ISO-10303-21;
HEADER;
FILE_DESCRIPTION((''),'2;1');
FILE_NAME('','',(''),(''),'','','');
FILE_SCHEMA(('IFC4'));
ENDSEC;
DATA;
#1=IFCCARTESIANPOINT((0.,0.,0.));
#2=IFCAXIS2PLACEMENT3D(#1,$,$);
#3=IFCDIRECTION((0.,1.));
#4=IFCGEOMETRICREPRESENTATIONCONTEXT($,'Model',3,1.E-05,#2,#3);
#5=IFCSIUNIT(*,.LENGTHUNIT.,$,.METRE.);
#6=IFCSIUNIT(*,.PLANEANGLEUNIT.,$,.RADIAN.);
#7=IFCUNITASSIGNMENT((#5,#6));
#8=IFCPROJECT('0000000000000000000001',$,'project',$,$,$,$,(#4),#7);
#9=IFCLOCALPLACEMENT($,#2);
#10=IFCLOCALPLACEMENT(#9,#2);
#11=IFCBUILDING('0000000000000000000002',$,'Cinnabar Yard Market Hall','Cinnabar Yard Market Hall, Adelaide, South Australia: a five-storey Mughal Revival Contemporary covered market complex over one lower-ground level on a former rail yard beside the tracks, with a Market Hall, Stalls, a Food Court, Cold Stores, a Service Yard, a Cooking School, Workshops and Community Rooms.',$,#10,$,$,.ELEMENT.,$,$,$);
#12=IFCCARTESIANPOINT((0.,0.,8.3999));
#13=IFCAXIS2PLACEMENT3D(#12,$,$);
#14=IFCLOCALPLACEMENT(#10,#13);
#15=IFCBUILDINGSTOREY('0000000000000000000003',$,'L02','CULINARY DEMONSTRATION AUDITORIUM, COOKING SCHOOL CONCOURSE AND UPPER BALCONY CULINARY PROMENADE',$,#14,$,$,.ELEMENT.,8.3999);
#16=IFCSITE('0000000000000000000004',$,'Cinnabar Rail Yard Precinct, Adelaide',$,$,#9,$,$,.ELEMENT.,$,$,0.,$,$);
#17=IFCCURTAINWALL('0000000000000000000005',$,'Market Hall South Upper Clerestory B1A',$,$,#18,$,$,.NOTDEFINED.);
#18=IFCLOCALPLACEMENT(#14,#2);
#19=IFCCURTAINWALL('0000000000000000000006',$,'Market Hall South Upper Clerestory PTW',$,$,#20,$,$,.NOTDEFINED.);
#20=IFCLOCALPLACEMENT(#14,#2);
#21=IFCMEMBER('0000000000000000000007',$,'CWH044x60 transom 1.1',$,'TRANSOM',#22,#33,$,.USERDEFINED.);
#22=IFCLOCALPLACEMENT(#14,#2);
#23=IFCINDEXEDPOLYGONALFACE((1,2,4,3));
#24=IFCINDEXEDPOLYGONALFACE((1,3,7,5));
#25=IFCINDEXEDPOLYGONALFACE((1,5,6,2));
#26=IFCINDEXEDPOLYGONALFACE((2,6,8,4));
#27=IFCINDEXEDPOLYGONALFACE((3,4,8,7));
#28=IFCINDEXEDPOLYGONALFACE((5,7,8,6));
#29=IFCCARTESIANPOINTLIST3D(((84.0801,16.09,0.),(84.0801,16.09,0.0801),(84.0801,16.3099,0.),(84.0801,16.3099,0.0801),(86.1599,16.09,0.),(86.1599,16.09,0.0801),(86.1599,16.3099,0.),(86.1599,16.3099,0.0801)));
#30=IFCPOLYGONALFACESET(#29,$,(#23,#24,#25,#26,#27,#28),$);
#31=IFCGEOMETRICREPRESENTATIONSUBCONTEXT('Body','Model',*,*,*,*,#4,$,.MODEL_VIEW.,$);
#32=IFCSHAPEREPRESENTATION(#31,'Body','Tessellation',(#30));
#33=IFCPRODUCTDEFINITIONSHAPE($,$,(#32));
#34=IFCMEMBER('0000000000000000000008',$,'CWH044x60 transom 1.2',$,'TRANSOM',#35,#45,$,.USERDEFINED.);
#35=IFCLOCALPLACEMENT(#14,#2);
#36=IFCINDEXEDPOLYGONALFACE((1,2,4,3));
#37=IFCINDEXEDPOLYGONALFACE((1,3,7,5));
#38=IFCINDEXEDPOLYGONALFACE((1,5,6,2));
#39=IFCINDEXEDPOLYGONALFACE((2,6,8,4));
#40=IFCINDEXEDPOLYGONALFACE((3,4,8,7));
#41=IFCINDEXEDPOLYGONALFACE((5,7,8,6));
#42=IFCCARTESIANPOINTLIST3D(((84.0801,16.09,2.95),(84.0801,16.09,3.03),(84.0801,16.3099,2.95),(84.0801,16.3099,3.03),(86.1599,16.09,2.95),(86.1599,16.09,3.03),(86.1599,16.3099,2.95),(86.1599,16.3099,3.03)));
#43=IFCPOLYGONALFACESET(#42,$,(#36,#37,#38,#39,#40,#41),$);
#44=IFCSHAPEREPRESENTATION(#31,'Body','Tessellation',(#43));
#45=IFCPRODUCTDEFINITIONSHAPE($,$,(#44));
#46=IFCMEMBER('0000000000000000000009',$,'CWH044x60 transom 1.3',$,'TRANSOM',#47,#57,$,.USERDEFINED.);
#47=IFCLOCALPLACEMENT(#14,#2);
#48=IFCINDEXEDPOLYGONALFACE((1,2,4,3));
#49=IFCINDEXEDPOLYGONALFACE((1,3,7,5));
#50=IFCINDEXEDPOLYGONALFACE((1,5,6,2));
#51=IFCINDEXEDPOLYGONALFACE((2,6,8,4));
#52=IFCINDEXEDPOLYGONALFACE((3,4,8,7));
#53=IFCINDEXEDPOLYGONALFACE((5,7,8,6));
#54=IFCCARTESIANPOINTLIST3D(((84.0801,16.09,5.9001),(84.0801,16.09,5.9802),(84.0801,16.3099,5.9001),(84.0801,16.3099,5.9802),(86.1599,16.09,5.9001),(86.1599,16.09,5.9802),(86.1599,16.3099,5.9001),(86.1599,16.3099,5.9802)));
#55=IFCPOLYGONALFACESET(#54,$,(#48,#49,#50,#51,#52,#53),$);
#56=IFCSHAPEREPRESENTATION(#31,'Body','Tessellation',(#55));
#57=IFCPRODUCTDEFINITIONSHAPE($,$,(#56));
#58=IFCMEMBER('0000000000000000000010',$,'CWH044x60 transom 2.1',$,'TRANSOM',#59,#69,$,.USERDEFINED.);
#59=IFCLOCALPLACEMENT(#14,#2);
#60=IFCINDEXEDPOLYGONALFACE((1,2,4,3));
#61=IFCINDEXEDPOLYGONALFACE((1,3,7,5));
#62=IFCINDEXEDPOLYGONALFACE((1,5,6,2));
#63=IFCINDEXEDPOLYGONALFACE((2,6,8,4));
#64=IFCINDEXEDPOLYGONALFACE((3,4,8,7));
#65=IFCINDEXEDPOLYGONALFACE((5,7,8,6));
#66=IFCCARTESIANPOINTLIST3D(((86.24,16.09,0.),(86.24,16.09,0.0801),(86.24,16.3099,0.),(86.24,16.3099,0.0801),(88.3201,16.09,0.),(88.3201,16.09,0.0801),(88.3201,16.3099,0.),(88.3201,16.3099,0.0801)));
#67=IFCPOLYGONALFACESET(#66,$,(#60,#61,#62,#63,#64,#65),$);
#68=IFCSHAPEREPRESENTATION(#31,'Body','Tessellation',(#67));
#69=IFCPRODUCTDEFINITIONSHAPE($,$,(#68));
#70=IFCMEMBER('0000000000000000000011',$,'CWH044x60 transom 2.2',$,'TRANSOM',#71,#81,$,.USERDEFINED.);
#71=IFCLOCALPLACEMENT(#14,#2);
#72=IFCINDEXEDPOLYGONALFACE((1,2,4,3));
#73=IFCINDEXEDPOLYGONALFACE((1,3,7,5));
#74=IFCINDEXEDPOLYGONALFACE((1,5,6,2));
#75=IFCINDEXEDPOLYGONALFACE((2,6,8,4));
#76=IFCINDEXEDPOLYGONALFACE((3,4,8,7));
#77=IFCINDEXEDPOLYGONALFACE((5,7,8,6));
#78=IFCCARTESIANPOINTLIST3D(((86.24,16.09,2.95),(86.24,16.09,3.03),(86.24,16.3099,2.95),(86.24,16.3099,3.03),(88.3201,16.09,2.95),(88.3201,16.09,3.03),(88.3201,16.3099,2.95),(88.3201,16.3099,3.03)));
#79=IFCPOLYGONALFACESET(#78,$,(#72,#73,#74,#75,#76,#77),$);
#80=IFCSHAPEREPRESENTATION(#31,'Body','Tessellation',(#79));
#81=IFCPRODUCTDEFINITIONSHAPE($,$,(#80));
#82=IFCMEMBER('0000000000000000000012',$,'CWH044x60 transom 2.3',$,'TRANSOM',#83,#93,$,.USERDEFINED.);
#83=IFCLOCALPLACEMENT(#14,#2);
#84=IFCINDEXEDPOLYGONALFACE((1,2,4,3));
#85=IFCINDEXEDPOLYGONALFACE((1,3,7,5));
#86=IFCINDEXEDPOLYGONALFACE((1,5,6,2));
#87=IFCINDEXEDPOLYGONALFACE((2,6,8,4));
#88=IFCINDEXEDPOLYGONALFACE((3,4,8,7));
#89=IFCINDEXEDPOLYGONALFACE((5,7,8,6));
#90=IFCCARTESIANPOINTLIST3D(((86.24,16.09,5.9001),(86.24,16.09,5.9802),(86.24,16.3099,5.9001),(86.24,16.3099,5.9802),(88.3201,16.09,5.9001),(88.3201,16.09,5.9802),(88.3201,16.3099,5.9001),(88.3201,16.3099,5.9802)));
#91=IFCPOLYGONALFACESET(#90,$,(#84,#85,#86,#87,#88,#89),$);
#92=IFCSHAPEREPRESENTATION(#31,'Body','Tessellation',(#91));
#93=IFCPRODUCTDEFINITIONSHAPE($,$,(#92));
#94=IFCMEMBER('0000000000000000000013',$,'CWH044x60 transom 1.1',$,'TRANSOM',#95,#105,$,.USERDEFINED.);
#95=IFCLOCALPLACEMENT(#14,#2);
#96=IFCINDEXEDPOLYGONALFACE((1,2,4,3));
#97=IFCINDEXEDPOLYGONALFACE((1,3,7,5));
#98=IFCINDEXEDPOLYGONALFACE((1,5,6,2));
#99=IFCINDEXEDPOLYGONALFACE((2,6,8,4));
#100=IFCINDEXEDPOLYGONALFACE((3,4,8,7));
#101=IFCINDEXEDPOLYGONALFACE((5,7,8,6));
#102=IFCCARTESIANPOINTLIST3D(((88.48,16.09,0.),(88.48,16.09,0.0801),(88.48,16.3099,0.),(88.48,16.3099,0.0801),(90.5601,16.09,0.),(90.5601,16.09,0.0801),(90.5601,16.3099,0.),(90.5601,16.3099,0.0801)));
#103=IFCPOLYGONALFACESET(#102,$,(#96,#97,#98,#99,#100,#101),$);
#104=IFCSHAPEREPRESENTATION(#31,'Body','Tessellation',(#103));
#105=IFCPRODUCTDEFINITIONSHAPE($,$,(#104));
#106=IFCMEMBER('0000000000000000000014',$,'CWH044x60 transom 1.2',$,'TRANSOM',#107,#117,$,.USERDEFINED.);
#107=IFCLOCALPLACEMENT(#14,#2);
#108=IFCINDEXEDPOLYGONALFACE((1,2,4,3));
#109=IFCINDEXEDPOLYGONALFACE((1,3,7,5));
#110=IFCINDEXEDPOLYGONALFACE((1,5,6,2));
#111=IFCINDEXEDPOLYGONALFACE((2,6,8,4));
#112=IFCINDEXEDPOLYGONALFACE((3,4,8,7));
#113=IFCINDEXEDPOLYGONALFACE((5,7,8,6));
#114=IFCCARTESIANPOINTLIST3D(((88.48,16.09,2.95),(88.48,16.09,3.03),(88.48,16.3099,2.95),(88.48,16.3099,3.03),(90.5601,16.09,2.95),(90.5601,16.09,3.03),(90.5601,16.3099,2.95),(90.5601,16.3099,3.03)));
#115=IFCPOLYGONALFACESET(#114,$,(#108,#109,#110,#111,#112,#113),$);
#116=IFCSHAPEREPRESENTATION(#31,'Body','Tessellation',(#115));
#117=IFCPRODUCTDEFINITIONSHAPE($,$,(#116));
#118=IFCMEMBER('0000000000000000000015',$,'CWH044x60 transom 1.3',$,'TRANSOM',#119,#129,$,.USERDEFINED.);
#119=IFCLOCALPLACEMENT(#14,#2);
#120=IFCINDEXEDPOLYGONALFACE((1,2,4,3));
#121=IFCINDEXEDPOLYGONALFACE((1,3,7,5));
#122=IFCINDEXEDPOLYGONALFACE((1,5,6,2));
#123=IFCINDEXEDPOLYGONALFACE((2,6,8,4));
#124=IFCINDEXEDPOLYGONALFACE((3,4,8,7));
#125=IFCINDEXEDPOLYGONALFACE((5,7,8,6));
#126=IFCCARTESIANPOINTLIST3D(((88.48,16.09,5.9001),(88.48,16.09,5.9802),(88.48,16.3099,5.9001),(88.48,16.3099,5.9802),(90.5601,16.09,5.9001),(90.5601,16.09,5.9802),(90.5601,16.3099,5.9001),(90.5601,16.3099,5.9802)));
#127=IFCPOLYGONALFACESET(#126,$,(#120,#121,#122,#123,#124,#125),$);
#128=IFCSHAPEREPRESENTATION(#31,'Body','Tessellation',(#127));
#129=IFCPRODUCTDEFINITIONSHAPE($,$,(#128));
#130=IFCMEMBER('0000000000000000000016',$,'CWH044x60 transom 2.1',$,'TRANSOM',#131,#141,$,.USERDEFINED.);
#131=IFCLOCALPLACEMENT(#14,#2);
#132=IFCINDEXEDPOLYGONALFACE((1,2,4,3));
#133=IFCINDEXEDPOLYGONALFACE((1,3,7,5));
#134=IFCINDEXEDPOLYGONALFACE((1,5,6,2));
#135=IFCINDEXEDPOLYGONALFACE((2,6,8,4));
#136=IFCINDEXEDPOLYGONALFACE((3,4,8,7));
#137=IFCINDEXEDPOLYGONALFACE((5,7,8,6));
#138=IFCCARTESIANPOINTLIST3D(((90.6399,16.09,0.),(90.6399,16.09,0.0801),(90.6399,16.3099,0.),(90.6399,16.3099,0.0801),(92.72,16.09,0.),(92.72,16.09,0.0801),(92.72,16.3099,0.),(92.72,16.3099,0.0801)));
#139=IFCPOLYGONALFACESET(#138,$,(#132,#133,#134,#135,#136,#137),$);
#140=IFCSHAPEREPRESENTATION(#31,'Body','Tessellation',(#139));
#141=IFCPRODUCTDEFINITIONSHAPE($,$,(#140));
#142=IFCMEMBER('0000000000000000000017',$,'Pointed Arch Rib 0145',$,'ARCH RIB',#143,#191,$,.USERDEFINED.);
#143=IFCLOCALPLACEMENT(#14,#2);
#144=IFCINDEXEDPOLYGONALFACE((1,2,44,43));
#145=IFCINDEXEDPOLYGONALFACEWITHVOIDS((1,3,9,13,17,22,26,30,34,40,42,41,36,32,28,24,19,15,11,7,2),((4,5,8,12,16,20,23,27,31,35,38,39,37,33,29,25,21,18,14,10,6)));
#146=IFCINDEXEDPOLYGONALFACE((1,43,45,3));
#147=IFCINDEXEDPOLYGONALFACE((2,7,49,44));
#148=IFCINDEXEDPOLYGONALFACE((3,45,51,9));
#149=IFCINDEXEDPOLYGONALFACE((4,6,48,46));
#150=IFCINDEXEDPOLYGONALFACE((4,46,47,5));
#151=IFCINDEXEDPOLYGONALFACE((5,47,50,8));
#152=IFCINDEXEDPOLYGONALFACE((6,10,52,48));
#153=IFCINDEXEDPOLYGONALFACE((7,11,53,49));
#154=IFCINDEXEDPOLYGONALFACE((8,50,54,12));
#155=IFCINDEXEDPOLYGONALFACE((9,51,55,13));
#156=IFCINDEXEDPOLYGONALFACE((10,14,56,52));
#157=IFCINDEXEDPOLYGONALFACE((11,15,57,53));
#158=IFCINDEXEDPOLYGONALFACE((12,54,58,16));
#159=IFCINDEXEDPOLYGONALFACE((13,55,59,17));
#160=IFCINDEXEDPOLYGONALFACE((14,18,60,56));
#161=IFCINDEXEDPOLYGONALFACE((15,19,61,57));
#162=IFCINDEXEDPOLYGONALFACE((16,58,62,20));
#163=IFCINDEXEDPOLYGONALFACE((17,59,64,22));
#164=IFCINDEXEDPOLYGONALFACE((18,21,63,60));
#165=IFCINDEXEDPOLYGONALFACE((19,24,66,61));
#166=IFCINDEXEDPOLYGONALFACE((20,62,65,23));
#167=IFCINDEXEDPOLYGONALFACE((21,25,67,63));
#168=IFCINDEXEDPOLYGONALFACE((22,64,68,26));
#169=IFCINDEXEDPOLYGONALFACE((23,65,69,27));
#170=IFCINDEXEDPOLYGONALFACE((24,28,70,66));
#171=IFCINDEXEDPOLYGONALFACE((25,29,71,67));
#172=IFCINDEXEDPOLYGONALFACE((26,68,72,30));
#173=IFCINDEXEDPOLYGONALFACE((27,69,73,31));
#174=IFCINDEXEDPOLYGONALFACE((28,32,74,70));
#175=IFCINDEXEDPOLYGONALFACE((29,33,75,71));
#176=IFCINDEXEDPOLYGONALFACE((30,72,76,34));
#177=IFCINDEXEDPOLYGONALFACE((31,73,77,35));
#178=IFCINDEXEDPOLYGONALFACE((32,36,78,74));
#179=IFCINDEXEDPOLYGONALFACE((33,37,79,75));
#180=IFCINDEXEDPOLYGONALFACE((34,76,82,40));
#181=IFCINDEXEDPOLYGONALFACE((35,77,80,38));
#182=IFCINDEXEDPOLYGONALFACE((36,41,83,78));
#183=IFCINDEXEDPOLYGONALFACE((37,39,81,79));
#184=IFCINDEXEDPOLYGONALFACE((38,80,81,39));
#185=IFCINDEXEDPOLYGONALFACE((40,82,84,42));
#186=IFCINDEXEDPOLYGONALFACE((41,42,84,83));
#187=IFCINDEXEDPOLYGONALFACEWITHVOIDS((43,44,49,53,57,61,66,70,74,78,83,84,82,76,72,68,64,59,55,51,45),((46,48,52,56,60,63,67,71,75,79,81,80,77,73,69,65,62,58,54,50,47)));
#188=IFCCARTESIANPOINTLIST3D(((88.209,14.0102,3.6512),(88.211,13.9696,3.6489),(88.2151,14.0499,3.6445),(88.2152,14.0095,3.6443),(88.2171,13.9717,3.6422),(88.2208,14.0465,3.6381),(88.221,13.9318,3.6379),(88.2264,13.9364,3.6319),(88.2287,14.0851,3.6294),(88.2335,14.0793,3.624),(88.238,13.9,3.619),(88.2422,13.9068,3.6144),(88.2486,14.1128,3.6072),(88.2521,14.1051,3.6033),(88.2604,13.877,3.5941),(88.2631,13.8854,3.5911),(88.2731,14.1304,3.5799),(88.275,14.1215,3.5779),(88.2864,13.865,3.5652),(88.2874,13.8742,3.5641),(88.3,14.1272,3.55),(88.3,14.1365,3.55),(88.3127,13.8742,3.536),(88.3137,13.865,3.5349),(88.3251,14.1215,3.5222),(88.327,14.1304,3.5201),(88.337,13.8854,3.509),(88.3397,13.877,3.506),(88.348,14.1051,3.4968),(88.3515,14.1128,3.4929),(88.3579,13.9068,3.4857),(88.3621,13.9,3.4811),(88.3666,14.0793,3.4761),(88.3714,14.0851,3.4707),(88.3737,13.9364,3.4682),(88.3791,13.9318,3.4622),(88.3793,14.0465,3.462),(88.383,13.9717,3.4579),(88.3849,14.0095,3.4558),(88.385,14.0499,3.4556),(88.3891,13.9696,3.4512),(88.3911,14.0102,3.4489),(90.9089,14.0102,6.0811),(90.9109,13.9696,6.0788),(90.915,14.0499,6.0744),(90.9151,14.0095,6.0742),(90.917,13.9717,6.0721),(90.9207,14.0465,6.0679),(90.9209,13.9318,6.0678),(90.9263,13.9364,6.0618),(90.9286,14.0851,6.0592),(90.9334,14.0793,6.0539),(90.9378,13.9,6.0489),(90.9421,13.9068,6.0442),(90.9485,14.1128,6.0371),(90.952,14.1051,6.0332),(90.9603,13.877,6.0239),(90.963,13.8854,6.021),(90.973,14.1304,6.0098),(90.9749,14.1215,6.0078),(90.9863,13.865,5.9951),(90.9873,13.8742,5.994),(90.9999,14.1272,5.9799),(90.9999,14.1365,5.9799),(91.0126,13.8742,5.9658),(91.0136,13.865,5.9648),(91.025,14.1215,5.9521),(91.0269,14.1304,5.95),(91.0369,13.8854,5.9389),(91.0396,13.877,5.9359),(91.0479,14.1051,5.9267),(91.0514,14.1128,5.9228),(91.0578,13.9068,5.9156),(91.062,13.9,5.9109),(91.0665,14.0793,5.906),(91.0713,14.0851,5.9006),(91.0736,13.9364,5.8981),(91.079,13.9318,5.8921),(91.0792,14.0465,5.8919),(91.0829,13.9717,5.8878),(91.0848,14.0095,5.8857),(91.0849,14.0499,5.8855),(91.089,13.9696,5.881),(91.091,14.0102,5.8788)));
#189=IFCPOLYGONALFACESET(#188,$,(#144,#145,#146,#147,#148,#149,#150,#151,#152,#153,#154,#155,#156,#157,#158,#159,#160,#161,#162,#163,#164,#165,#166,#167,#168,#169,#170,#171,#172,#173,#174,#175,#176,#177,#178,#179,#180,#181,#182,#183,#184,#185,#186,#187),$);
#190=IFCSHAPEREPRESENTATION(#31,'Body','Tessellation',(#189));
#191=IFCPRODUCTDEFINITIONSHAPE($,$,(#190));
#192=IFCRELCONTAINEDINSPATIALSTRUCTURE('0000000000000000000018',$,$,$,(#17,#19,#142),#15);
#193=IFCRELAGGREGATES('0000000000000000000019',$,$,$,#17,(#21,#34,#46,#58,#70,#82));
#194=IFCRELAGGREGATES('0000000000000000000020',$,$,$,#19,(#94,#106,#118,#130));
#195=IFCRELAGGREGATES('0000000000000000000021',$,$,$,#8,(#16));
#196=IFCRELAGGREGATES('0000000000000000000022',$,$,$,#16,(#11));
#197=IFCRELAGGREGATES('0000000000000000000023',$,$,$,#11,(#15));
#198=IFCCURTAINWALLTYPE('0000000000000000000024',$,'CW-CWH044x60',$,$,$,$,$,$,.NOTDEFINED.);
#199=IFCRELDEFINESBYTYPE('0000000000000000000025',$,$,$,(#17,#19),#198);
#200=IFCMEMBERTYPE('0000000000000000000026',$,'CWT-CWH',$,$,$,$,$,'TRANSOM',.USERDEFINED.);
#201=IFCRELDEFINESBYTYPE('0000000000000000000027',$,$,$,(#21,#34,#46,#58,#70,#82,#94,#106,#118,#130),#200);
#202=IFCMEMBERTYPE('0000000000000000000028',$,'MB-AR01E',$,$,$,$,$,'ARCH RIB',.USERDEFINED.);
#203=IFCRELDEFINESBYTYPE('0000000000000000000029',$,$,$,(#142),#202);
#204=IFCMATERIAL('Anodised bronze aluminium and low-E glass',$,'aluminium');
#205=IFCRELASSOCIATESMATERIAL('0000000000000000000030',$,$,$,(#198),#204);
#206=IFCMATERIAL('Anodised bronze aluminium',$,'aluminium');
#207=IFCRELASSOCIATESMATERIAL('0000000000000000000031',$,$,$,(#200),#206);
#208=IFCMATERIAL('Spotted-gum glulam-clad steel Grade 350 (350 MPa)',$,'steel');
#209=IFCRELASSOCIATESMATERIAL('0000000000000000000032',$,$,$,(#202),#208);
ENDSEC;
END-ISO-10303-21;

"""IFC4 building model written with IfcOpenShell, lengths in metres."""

from ifc_helpers import new_model, si_unit, direction, frame, origin, origin_2d_with_axis, place, context, subcontext, project, spatial, rectangle, hollow_circle, extrude, material, material_profile, profile_set, type_object, element, aggregate, save


model = new_model("IFC4")

# Units and contexts
model_context = context("Model", 3, precision=1e-05, world=origin(), true_north=direction((0.0, 1.0)))
body_context = subcontext(model_context, "Body", "Model", "MODEL_VIEW")
ifc_project = project(units=[si_unit("LENGTHUNIT", "METRE"), si_unit("PLANEANGLEUNIT", "RADIAN")], contexts=[model_context])

# Site, building, storey
site_placement = place(None, origin())
site = spatial("IfcSite", under=ifc_project, at=site_placement, Name="Cinnabar Rail Yard Precinct, Adelaide", CompositionType="ELEMENT", RefElevation=0.0)
building_placement = place(site_placement, origin())
building = spatial("IfcBuilding", under=site, at=building_placement, Name="Cinnabar Yard Market Hall", Description="Cinnabar Yard Market Hall, Adelaide, South Australia: a five-storey Mughal Revival Contemporary covered market complex over one lower-ground level on a former rail yard beside the tracks, with a Market Hall, Stalls, a Food Court, Cold Stores, a Service Yard, a Cooking School, Workshops and Community Rooms.", CompositionType="ELEMENT")
storey_placement = place(building_placement, frame((0.0, 0.0, 8.3999)))
storey = spatial("IfcBuildingStorey", under=building, at=storey_placement, Name="L02", Description="CULINARY DEMONSTRATION AUDITORIUM, COOKING SCHOOL CONCOURSE AND UPPER BALCONY CULINARY PROMENADE", CompositionType="ELEMENT", Elevation=8.3999)

# Shared definitions
ifc_material_1 = material(Name="Spotted-gum glulam-clad steel Grade 350 (350 MPa)", Category="steel")

# Shared definitions
ifc_material_2 = material(Name="Anodised bronze aluminium", Category="aluminium")

# Curtain walls
ifc_material_3 = material(Name="Anodised bronze aluminium and low-E glass", Category="aluminium")
curtain_wall_type_1 = type_object("IfcCurtainWallType", Name="CW-CWH044x60", PredefinedType="NOTDEFINED", material=ifc_material_3)
curtain_wall_1_placement = place(storey_placement, origin())
curtain_wall_1 = element("IfcCurtainWall", 1, at=curtain_wall_1_placement, inside=storey, type_object=curtain_wall_type_1, Name="Market Hall South Upper Clerestory B1A", PredefinedType="NOTDEFINED")
curtain_wall_2_placement = place(storey_placement, origin())
curtain_wall_2 = element("IfcCurtainWall", 2, at=curtain_wall_2_placement, inside=storey, type_object=curtain_wall_type_1, Name="Market Hall South Upper Clerestory PTW", PredefinedType="NOTDEFINED")

# Members
ifc_material_profile_1 = material_profile(ifc_material_2, rectangle(XDim=0.22, YDim=0.0801, at=origin_2d_with_axis()), Name="TRN-CWH")
ifc_profile_set_1 = profile_set([ifc_material_profile_1], Name="Anodised bronze aluminium")
member_type_1 = type_object("IfcMemberType", Name="CWT-CWH", ElementType="TRANSOM", PredefinedType="USERDEFINED", material=ifc_profile_set_1)
member_1_placement = place(storey_placement, frame((84.0801, 16.2, 0.04), z_axis=(1.0, 0.0, 0.0), x_axis=(0.0, 1.0, 0.0)))
member_1 = element("IfcMember", 3, at=member_1_placement, type_object=member_type_1, Name="CWH044x60 transom 1.1", ObjectType="TRANSOM", PredefinedType="USERDEFINED", context=body_context, shape_type="SweptSolid", body=[
    extrude(rectangle(XDim=0.22, YDim=0.0801, at=origin_2d_with_axis()), origin(), (0.0, 0.0, 1.0), 2.0798),
])
member_2_placement = place(storey_placement, frame((84.0801, 16.2, 2.99), z_axis=(1.0, 0.0, 0.0), x_axis=(0.0, 1.0, 0.0)))
member_2 = element("IfcMember", 4, at=member_2_placement, type_object=member_type_1, Name="CWH044x60 transom 1.2", ObjectType="TRANSOM", PredefinedType="USERDEFINED", context=body_context, shape_type="SweptSolid", body=[
    extrude(rectangle(XDim=0.22, YDim=0.0801, at=origin_2d_with_axis()), origin(), (0.0, 0.0, 1.0), 2.0798),
])
member_3_placement = place(storey_placement, frame((84.0801, 16.2, 5.9402), z_axis=(1.0, 0.0, 0.0), x_axis=(0.0, 1.0, 0.0)))
member_3 = element("IfcMember", 5, at=member_3_placement, type_object=member_type_1, Name="CWH044x60 transom 1.3", ObjectType="TRANSOM", PredefinedType="USERDEFINED", context=body_context, shape_type="SweptSolid", body=[
    extrude(rectangle(XDim=0.22, YDim=0.0801, at=origin_2d_with_axis()), origin(), (0.0, 0.0, 1.0), 2.0798),
])
member_4_placement = place(storey_placement, frame((86.24, 16.2, 0.04), z_axis=(1.0, 0.0, 0.0), x_axis=(0.0, 1.0, 0.0)))
member_4 = element("IfcMember", 6, at=member_4_placement, type_object=member_type_1, Name="CWH044x60 transom 2.1", ObjectType="TRANSOM", PredefinedType="USERDEFINED", context=body_context, shape_type="SweptSolid", body=[
    extrude(rectangle(XDim=0.22, YDim=0.0801, at=origin_2d_with_axis()), origin(), (0.0, 0.0, 1.0), 2.0801),
])
member_5_placement = place(storey_placement, frame((86.24, 16.2, 2.99), z_axis=(1.0, 0.0, 0.0), x_axis=(0.0, 1.0, 0.0)))
member_5 = element("IfcMember", 7, at=member_5_placement, type_object=member_type_1, Name="CWH044x60 transom 2.2", ObjectType="TRANSOM", PredefinedType="USERDEFINED", context=body_context, shape_type="SweptSolid", body=[
    extrude(rectangle(XDim=0.22, YDim=0.0801, at=origin_2d_with_axis()), origin(), (0.0, 0.0, 1.0), 2.0801),
])
member_6_placement = place(storey_placement, frame((86.24, 16.2, 5.9402), z_axis=(1.0, 0.0, 0.0), x_axis=(0.0, 1.0, 0.0)))
member_6 = element("IfcMember", 8, at=member_6_placement, type_object=member_type_1, Name="CWH044x60 transom 2.3", ObjectType="TRANSOM", PredefinedType="USERDEFINED", context=body_context, shape_type="SweptSolid", body=[
    extrude(rectangle(XDim=0.22, YDim=0.0801, at=origin_2d_with_axis()), origin(), (0.0, 0.0, 1.0), 2.0801),
])
member_7_placement = place(storey_placement, frame((88.48, 16.2, 0.04), z_axis=(1.0, 0.0, 0.0), x_axis=(0.0, 1.0, 0.0)))
member_7 = element("IfcMember", 9, at=member_7_placement, type_object=member_type_1, Name="CWH044x60 transom 1.1", ObjectType="TRANSOM", PredefinedType="USERDEFINED", context=body_context, shape_type="SweptSolid", body=[
    extrude(rectangle(XDim=0.22, YDim=0.0801, at=origin_2d_with_axis()), origin(), (0.0, 0.0, 1.0), 2.0801),
])
member_8_placement = place(storey_placement, frame((88.48, 16.2, 2.99), z_axis=(1.0, 0.0, 0.0), x_axis=(0.0, 1.0, 0.0)))
member_8 = element("IfcMember", 10, at=member_8_placement, type_object=member_type_1, Name="CWH044x60 transom 1.2", ObjectType="TRANSOM", PredefinedType="USERDEFINED", context=body_context, shape_type="SweptSolid", body=[
    extrude(rectangle(XDim=0.22, YDim=0.0801, at=origin_2d_with_axis()), origin(), (0.0, 0.0, 1.0), 2.0801),
])
member_9_placement = place(storey_placement, frame((88.48, 16.2, 5.9402), z_axis=(1.0, 0.0, 0.0), x_axis=(0.0, 1.0, 0.0)))
member_9 = element("IfcMember", 11, at=member_9_placement, type_object=member_type_1, Name="CWH044x60 transom 1.3", ObjectType="TRANSOM", PredefinedType="USERDEFINED", context=body_context, shape_type="SweptSolid", body=[
    extrude(rectangle(XDim=0.22, YDim=0.0801, at=origin_2d_with_axis()), origin(), (0.0, 0.0, 1.0), 2.0801),
])
member_10_placement = place(storey_placement, frame((90.6399, 16.2, 0.04), z_axis=(1.0, 0.0, 0.0), x_axis=(0.0, 1.0, 0.0)))
member_10 = element("IfcMember", 12, at=member_10_placement, type_object=member_type_1, Name="CWH044x60 transom 2.1", ObjectType="TRANSOM", PredefinedType="USERDEFINED", context=body_context, shape_type="SweptSolid", body=[
    extrude(rectangle(XDim=0.22, YDim=0.0801, at=origin_2d_with_axis()), origin(), (0.0, 0.0, 1.0), 2.0801),
])

# Member
ifc_material_profile_2 = material_profile(ifc_material_1, hollow_circle(Radius=0.1365, WallThickness=0.0093, at=origin_2d_with_axis()), Name="273.1x9.3CHS")
ifc_profile_set_2 = profile_set([ifc_material_profile_2], Name="Spotted-gum glulam-clad steel Grade 350 (350 MPa)")
member_type_2 = type_object("IfcMemberType", Name="MB-AR01E", ElementType="ARCH RIB", PredefinedType="USERDEFINED", material=ifc_profile_set_2)
member_11_placement = place(storey_placement, frame((88.3, 14.0, 3.55), z_axis=(0.743297, 0.0, 0.668961), x_axis=(0.0, 1.0, 0.0)))
element("IfcMember", 13, at=member_11_placement, inside=storey, type_object=member_type_2, Name="Pointed Arch Rib 0145", ObjectType="ARCH RIB", PredefinedType="USERDEFINED", context=body_context, shape_type="SweptSolid", body=[
    extrude(hollow_circle(Radius=0.1365, WallThickness=0.0093, at=origin_2d_with_axis()), origin(), (0.0, 0.0, 1.0), 3.6323),
])

aggregate(curtain_wall_1, [member_1, member_2, member_3, member_4, member_5, member_6])
aggregate(curtain_wall_2, [member_7, member_8, member_9, member_10])

save(model, "model.ifc")
